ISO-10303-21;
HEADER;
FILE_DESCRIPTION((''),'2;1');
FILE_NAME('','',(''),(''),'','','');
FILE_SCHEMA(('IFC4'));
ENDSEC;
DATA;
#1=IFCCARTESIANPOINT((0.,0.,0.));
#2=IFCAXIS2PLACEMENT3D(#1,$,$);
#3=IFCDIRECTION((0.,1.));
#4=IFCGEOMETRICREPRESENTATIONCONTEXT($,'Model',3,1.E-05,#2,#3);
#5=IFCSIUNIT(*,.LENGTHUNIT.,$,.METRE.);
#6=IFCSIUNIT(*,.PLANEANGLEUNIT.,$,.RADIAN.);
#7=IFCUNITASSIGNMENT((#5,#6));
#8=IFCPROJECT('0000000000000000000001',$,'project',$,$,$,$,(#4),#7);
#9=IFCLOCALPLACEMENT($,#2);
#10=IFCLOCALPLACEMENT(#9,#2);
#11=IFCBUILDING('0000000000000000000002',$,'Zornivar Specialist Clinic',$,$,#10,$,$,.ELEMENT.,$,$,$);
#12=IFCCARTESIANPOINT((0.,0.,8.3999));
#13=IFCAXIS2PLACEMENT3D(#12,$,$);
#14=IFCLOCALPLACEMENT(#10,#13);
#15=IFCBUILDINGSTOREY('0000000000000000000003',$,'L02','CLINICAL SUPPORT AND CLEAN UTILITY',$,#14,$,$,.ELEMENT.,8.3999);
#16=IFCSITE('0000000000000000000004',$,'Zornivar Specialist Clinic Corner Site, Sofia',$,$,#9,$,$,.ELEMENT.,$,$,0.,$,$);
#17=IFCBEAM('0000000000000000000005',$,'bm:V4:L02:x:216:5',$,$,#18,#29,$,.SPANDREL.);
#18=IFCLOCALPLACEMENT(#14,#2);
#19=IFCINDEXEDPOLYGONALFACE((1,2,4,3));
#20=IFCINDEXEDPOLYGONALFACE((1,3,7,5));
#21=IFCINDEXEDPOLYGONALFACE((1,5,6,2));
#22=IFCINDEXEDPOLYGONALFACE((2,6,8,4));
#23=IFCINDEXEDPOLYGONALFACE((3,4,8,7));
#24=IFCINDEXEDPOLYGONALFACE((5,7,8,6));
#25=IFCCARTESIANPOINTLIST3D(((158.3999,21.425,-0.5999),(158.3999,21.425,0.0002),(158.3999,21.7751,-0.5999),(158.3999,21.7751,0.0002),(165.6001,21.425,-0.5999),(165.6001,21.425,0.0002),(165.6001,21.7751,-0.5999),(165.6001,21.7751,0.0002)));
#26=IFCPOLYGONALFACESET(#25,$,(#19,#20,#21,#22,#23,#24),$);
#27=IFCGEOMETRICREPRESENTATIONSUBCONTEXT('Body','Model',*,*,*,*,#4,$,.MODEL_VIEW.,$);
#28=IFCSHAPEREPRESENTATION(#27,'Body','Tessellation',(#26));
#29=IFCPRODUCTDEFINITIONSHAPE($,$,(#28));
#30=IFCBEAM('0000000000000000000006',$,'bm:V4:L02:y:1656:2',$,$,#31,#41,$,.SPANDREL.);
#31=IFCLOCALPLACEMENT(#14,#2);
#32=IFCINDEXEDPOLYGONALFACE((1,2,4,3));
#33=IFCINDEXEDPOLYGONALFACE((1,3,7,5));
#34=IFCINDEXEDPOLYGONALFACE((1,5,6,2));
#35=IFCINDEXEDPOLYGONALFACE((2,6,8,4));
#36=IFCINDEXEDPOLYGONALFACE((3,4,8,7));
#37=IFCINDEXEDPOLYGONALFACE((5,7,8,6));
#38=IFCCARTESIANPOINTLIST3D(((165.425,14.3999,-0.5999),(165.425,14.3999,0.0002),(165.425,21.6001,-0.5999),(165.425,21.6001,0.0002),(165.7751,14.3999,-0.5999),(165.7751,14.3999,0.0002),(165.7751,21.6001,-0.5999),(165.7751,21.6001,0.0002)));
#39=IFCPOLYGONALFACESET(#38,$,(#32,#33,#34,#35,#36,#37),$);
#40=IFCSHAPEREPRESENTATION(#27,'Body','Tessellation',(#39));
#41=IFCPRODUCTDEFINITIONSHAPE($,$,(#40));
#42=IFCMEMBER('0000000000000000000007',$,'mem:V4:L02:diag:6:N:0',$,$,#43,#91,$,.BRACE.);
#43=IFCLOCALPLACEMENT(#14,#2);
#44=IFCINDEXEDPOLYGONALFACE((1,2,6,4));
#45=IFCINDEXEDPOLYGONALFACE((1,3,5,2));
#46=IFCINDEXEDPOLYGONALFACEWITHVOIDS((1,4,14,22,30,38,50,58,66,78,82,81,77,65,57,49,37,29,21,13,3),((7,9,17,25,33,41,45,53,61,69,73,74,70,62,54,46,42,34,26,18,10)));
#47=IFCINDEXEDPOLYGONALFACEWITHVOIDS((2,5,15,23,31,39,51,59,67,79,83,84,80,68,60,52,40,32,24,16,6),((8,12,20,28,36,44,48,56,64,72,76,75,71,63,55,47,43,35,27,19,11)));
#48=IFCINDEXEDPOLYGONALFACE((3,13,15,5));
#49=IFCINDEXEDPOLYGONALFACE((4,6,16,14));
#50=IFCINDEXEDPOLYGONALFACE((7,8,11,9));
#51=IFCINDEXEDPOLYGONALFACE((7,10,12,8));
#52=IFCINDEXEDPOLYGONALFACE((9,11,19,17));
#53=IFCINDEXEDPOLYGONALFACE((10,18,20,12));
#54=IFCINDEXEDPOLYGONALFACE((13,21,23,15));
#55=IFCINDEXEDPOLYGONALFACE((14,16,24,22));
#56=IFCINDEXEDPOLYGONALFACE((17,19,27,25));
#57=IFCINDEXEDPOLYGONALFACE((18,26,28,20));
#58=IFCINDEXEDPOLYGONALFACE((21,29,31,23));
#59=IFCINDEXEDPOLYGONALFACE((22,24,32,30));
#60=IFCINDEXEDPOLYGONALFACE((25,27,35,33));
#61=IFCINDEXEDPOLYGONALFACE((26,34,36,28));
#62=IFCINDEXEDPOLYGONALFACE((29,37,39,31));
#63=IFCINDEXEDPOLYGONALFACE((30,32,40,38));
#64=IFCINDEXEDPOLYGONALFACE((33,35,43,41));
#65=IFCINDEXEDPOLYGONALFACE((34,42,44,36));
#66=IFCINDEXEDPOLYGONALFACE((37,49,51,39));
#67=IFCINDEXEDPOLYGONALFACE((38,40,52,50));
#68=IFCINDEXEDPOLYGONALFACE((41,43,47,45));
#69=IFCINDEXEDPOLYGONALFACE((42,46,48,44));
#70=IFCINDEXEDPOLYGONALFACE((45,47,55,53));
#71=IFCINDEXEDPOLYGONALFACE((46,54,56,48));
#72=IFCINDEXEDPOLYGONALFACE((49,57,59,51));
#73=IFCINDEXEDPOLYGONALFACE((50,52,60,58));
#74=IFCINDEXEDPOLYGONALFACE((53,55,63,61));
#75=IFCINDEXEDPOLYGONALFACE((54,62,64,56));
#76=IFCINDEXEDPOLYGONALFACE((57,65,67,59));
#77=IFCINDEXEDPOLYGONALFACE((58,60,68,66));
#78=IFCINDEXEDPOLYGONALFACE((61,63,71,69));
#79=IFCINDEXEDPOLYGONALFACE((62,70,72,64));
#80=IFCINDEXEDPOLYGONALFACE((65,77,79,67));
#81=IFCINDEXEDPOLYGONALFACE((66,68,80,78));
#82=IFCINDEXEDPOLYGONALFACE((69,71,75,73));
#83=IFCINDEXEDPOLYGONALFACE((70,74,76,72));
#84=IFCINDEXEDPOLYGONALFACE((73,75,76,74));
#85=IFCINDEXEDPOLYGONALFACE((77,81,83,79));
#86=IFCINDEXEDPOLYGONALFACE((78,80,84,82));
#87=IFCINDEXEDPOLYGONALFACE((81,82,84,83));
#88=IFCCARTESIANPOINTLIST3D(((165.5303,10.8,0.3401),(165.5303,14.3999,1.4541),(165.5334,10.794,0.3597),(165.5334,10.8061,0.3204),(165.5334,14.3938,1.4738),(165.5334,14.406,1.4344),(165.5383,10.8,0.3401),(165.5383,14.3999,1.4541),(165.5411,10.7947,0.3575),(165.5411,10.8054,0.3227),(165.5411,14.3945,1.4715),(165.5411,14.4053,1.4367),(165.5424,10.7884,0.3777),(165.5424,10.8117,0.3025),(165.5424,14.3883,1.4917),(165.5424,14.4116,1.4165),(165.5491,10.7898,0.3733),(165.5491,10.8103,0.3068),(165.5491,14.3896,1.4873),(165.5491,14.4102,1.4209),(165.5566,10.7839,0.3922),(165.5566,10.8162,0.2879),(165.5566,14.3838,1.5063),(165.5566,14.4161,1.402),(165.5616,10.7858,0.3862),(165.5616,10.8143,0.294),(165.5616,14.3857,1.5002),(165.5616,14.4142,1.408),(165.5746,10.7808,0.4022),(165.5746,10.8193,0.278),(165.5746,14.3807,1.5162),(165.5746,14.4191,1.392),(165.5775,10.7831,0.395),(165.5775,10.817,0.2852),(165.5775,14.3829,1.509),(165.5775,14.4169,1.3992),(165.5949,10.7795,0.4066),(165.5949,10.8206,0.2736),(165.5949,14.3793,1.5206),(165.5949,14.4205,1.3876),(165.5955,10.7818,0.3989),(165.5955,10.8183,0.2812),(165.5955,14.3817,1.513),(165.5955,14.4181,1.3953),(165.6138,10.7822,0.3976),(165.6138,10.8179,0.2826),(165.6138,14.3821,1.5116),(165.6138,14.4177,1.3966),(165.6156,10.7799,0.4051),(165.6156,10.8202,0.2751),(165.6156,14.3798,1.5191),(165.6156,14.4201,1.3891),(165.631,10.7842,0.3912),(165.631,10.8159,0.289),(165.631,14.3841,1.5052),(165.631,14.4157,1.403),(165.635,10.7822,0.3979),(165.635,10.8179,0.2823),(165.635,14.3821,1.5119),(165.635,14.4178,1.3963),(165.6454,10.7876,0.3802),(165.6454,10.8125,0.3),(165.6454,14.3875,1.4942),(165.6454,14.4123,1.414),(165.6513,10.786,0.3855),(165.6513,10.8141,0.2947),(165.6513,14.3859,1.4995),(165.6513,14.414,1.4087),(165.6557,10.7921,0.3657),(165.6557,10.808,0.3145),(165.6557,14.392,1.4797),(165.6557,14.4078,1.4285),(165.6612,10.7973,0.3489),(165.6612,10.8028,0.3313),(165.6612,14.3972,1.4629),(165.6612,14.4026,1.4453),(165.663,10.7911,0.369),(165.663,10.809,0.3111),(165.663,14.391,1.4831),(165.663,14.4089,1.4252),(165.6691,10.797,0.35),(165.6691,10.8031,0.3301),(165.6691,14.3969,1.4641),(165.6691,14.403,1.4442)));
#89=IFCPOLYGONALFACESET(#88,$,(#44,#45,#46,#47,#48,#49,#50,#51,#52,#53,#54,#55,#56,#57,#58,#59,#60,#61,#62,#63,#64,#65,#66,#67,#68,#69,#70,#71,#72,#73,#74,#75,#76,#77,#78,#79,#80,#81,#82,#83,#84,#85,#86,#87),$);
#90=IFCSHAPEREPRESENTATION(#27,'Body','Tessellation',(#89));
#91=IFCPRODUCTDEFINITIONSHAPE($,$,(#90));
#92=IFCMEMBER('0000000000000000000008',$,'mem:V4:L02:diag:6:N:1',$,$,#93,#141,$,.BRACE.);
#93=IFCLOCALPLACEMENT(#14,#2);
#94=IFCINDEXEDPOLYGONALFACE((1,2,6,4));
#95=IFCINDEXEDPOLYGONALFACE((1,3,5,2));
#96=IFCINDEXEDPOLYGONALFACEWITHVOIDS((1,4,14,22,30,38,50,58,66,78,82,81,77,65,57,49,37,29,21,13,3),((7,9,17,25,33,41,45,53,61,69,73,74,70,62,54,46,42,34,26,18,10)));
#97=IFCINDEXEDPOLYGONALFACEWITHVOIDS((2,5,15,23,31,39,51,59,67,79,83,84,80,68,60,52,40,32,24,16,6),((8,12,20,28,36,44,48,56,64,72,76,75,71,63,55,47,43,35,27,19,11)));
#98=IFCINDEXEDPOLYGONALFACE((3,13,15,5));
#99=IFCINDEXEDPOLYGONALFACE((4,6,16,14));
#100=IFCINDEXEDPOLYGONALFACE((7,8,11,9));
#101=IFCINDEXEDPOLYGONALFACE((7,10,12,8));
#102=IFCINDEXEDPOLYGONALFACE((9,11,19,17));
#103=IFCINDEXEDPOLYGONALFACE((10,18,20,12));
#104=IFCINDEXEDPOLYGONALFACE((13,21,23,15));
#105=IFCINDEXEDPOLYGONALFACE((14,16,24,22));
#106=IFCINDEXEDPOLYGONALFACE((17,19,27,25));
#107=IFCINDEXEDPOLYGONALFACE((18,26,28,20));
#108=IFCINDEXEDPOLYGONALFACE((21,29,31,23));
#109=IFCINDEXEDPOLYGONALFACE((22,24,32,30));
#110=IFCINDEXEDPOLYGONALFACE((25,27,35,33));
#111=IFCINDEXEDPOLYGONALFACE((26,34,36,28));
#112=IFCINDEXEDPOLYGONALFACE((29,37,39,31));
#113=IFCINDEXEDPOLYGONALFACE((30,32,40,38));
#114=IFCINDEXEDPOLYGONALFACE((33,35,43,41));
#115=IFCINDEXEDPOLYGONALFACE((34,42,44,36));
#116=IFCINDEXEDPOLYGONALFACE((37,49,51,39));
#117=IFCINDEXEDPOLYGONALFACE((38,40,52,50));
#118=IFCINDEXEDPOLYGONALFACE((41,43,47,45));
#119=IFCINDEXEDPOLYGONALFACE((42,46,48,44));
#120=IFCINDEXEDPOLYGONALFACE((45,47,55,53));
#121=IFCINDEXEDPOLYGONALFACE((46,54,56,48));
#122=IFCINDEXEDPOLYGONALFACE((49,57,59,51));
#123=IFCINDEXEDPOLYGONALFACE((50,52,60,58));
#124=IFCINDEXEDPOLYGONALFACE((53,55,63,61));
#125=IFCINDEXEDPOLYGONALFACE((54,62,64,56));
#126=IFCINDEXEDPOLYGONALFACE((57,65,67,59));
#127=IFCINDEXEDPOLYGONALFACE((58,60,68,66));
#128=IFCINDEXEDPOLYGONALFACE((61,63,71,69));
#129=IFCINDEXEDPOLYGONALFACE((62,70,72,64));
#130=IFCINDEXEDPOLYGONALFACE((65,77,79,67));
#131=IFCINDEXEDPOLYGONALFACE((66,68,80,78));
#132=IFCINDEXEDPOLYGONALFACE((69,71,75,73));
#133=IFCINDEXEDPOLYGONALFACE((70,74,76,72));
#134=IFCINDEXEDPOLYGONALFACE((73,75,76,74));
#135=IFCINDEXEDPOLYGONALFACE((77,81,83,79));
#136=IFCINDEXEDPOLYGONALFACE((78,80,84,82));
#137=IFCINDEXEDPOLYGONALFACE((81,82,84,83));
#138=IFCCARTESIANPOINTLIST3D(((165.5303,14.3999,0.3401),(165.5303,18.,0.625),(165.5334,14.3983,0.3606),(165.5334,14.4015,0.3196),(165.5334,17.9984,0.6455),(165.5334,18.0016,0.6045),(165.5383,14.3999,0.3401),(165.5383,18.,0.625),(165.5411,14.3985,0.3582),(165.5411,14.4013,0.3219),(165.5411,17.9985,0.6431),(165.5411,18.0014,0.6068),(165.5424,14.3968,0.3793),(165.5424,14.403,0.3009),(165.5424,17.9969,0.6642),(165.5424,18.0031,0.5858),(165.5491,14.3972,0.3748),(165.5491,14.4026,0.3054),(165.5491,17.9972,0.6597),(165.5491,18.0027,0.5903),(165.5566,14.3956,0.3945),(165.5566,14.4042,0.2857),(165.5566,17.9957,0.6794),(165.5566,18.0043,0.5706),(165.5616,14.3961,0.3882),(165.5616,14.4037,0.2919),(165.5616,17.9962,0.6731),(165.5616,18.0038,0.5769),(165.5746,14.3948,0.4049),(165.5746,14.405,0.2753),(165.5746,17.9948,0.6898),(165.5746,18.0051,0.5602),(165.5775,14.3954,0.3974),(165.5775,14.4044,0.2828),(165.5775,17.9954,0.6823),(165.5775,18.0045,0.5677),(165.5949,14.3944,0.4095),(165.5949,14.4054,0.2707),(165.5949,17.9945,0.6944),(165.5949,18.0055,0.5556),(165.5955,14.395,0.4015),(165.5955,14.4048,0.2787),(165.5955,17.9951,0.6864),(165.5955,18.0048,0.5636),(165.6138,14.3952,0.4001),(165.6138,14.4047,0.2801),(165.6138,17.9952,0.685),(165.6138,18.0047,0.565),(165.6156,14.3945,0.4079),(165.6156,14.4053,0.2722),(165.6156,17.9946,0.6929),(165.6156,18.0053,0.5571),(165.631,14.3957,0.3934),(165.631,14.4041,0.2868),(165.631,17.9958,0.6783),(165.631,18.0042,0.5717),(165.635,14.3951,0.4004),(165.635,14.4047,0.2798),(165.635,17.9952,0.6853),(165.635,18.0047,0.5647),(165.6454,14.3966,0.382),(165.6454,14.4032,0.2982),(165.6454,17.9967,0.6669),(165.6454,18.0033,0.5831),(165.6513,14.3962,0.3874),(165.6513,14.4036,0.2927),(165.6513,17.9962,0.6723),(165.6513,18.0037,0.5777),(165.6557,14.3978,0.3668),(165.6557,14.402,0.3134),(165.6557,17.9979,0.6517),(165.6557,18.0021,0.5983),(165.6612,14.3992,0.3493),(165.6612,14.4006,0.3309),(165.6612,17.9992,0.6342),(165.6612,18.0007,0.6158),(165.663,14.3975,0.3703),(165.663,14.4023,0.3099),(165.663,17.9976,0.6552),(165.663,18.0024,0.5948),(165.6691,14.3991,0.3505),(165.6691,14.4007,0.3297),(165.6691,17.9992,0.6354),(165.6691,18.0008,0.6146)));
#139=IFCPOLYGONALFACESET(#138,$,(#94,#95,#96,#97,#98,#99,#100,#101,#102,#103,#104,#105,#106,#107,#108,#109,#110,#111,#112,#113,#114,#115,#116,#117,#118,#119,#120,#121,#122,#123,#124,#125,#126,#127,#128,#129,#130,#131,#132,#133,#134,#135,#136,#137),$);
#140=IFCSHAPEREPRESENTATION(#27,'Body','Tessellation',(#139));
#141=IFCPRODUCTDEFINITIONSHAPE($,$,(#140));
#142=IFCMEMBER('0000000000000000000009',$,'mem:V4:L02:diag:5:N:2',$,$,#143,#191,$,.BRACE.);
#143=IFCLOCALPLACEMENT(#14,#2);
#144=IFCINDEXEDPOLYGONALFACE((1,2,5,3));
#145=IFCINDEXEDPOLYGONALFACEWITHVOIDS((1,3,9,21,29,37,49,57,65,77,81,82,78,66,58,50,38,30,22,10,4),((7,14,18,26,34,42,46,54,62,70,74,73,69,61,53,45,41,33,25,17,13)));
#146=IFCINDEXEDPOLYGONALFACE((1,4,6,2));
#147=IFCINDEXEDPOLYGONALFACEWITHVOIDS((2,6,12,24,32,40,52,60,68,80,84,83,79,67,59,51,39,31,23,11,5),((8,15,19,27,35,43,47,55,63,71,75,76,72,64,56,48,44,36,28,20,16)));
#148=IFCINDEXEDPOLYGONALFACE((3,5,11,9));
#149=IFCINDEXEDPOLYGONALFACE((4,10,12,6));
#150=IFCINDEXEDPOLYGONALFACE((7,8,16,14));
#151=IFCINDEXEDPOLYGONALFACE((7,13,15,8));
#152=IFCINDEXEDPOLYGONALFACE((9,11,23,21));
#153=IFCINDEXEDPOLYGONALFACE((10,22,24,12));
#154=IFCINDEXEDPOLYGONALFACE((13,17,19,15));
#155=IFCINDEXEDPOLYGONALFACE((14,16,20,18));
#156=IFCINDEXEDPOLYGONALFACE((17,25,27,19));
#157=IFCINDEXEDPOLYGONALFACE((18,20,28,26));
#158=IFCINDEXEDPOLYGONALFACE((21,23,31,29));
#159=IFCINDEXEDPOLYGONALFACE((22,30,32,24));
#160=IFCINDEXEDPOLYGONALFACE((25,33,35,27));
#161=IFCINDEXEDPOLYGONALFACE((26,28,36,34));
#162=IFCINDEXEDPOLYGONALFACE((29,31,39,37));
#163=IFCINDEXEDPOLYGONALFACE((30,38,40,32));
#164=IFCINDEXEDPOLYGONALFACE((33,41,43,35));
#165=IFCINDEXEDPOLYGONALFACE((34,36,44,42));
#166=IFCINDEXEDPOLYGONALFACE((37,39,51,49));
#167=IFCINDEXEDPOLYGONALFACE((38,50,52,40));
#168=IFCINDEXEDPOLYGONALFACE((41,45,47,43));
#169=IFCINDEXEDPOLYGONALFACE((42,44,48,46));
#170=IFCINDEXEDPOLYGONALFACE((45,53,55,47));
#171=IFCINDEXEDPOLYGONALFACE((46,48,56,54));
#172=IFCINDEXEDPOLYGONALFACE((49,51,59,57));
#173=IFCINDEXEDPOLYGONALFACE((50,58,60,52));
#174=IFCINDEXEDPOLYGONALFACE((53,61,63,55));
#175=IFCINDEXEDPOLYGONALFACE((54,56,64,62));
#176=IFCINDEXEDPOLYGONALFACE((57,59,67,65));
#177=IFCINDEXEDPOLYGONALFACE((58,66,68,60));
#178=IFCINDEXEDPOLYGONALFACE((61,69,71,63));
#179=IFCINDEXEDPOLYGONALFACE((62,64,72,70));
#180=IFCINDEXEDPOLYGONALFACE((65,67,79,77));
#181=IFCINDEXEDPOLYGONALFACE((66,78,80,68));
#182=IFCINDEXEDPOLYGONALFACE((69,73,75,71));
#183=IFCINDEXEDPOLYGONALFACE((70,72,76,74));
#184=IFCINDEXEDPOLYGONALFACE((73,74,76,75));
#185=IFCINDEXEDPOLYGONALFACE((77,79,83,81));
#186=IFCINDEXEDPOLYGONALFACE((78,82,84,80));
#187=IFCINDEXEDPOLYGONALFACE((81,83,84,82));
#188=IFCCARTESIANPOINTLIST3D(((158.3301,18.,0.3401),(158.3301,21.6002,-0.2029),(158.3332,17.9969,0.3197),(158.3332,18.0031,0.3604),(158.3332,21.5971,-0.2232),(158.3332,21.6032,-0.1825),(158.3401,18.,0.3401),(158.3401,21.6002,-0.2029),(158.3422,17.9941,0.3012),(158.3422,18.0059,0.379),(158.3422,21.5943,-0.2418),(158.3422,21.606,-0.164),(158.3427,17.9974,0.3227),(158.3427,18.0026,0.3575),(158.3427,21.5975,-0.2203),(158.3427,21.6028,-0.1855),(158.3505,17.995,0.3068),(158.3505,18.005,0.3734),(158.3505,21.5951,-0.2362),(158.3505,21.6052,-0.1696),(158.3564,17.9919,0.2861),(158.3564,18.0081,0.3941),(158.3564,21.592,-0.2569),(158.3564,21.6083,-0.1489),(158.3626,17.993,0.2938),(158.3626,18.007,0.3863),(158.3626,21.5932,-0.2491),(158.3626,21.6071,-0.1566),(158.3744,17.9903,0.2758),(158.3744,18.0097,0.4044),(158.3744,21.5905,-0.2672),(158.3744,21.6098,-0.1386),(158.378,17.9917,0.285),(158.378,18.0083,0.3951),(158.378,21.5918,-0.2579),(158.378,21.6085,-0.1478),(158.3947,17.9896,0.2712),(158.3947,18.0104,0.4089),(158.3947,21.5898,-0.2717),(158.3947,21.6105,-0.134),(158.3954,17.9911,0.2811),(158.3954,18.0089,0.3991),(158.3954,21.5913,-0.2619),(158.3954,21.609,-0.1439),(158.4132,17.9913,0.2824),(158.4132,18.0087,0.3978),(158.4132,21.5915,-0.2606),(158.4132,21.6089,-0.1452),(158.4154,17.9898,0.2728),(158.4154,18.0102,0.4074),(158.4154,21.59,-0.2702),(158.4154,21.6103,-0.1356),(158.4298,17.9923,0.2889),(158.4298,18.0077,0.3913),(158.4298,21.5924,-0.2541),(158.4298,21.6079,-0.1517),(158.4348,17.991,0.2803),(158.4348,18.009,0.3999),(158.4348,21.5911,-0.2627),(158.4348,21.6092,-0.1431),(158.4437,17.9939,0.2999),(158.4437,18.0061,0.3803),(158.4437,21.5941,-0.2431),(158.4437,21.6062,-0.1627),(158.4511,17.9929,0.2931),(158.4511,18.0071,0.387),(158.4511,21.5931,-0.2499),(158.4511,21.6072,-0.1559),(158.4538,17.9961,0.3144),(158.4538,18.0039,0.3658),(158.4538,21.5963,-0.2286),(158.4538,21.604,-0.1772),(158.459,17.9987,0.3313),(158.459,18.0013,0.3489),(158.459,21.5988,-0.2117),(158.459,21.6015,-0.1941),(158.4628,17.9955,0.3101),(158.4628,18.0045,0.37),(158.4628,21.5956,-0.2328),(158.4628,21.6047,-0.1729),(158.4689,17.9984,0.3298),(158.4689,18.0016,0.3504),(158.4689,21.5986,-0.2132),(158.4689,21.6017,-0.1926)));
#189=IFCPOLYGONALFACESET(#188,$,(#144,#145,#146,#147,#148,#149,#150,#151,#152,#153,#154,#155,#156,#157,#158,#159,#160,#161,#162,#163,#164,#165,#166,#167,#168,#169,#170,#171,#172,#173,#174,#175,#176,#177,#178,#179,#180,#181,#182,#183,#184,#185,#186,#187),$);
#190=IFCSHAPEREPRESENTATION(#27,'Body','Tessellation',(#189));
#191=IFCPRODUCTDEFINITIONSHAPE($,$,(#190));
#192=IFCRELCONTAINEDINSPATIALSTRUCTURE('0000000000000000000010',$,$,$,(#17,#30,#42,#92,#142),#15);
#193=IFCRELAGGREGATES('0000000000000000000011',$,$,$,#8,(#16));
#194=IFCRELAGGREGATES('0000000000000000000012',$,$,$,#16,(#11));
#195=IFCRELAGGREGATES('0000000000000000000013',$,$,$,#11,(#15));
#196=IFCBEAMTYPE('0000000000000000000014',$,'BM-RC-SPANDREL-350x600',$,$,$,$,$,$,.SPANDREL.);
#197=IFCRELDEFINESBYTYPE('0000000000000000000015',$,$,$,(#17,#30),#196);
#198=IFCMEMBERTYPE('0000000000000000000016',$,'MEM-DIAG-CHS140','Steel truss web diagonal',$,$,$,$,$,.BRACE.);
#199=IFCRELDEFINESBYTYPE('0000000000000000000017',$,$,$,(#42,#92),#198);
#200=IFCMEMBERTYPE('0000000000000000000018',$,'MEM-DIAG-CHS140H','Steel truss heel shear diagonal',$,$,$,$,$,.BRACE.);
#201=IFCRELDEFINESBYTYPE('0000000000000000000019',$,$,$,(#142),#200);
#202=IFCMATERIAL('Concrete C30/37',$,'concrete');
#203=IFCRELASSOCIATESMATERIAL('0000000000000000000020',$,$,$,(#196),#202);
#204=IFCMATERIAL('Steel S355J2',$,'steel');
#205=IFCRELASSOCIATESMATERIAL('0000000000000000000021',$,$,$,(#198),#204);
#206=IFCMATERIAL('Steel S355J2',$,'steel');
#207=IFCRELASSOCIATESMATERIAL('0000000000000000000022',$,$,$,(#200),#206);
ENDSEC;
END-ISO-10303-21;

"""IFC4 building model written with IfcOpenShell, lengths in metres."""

from ifc_helpers import new_model, si_unit, direction, frame, origin, origin_2d, place, context, subcontext, project, spatial, rectangle, hollow_circle, extrude, material, material_profile, profile_set, type_object, element, save


model = new_model("IFC4")

# Units and contexts
model_context = context("Model", 3, precision=1e-05, world=origin(), true_north=direction((0.0, 1.0)))
body_context = subcontext(model_context, "Body", "Model", "MODEL_VIEW")
ifc_project = project(units=[si_unit("LENGTHUNIT", "METRE"), si_unit("PLANEANGLEUNIT", "RADIAN")], contexts=[model_context])

# Site, building, storey
site_placement = place(None, origin())
site = spatial("IfcSite", under=ifc_project, at=site_placement, Name="Zornivar Specialist Clinic Corner Site, Sofia", CompositionType="ELEMENT", RefElevation=0.0)
building_placement = place(site_placement, origin())
building = spatial("IfcBuilding", under=site, at=building_placement, Name="Zornivar Specialist Clinic", CompositionType="ELEMENT")
storey_placement = place(building_placement, frame((0.0, 0.0, 8.3999)))
storey = spatial("IfcBuildingStorey", under=building, at=storey_placement, Name="L02", Description="CLINICAL SUPPORT AND CLEAN UTILITY", CompositionType="ELEMENT", Elevation=8.3999)

# Beams
ifc_material_1 = material(Name="Concrete C30/37", Category="concrete")
ifc_material_profile_1 = material_profile(ifc_material_1, rectangle(XDim=0.3501, YDim=0.6001, at=origin_2d()), Name="RC 350x600")
ifc_profile_set_1 = profile_set([ifc_material_profile_1], Name="Concrete C30/37")
beam_type = type_object("IfcBeamType", Name="BM-RC-SPANDREL-350x600", PredefinedType="SPANDREL", material=ifc_profile_set_1)
for number, where, z_axis, x_axis, name in (
    (1, (158.3999, 21.6001, -0.2998), (1.0, 0.0, 0.0), (0.0, 1.0, 0.0), "bm:V4:L02:x:216:5"),
    (2, (165.6001, 14.3999, -0.2998), (0.0, 1.0, 0.0), (-1.0, 0.0, 0.0), "bm:V4:L02:y:1656:2"),
):
    element("IfcBeam", number, at=place(storey_placement, frame(where, z_axis=z_axis, x_axis=x_axis)), inside=storey, type_object=beam_type, Name=name, PredefinedType="SPANDREL", context=body_context, shape_type="SweptSolid", body=[
        extrude(rectangle(XDim=0.3501, YDim=0.6001, at=origin_2d()), origin(), (0.0, 0.0, 1.0), 7.2002),
    ])

# Members
ifc_material_2 = material(Name="Steel S355J2", Category="steel")
ifc_material_profile_2 = material_profile(ifc_material_2, hollow_circle(Radius=0.0698, WallThickness=0.0081, at=origin_2d()), Name="CHS 139.7x8")
ifc_profile_set_2 = profile_set([ifc_material_profile_2], Name="Steel S355J2")
member_type_1 = type_object("IfcMemberType", Name="MEM-DIAG-CHS140", Description="Steel truss web diagonal", PredefinedType="BRACE", material=ifc_profile_set_2)
member_1_placement = place(storey_placement, frame((165.6001, 10.8, 0.3401), z_axis=(0.0, 0.955303, 0.295629), x_axis=(-1.0, 0.0, 0.0)))
element("IfcMember", 3, at=member_1_placement, inside=storey, type_object=member_type_1, Name="mem:V4:L02:diag:6:N:0", PredefinedType="BRACE", context=body_context, shape_type="SweptSolid", body=[
    extrude(hollow_circle(Radius=0.0698, WallThickness=0.0081, at=origin_2d()), origin(), (0.0, 0.0, 1.0), 3.7683),
])
member_2_placement = place(storey_placement, frame((165.6001, 14.3999, 0.3401), z_axis=(0.0, 0.996883, 0.078893), x_axis=(-1.0, 0.0, 0.0)))
element("IfcMember", 4, at=member_2_placement, inside=storey, type_object=member_type_1, Name="mem:V4:L02:diag:6:N:1", PredefinedType="BRACE", context=body_context, shape_type="SweptSolid", body=[
    extrude(hollow_circle(Radius=0.0698, WallThickness=0.0081, at=origin_2d()), origin(), (0.0, 0.0, 1.0), 3.6113),
])
ifc_material_3 = material(Name="Steel S355J2", Category="steel")
ifc_material_profile_3 = material_profile(ifc_material_3, hollow_circle(Radius=0.0698, WallThickness=0.01, at=origin_2d()), Name="CHS 139.7x10")
ifc_profile_set_3 = profile_set([ifc_material_profile_3], Name="Steel S355J2")
member_type_2 = type_object("IfcMemberType", Name="MEM-DIAG-CHS140H", Description="Steel truss heel shear diagonal", PredefinedType="BRACE", material=ifc_profile_set_3)
for number, where, z_axis, x_axis, name in (
    (5, (158.3999, 18.0, 0.3401), (0.0, 0.988817, -0.149134), (-1.0, 0.0, 0.0), "mem:V4:L02:diag:5:N:2"),
):
    element("IfcMember", number, at=place(storey_placement, frame(where, z_axis=z_axis, x_axis=x_axis)), inside=storey, type_object=member_type_2, Name=name, PredefinedType="BRACE", context=body_context, shape_type="SweptSolid", body=[
        extrude(hollow_circle(Radius=0.0698, WallThickness=0.01, at=origin_2d()), origin(), (0.0, 0.0, 1.0), 3.6409),
    ])

save(model, "model.ifc")
